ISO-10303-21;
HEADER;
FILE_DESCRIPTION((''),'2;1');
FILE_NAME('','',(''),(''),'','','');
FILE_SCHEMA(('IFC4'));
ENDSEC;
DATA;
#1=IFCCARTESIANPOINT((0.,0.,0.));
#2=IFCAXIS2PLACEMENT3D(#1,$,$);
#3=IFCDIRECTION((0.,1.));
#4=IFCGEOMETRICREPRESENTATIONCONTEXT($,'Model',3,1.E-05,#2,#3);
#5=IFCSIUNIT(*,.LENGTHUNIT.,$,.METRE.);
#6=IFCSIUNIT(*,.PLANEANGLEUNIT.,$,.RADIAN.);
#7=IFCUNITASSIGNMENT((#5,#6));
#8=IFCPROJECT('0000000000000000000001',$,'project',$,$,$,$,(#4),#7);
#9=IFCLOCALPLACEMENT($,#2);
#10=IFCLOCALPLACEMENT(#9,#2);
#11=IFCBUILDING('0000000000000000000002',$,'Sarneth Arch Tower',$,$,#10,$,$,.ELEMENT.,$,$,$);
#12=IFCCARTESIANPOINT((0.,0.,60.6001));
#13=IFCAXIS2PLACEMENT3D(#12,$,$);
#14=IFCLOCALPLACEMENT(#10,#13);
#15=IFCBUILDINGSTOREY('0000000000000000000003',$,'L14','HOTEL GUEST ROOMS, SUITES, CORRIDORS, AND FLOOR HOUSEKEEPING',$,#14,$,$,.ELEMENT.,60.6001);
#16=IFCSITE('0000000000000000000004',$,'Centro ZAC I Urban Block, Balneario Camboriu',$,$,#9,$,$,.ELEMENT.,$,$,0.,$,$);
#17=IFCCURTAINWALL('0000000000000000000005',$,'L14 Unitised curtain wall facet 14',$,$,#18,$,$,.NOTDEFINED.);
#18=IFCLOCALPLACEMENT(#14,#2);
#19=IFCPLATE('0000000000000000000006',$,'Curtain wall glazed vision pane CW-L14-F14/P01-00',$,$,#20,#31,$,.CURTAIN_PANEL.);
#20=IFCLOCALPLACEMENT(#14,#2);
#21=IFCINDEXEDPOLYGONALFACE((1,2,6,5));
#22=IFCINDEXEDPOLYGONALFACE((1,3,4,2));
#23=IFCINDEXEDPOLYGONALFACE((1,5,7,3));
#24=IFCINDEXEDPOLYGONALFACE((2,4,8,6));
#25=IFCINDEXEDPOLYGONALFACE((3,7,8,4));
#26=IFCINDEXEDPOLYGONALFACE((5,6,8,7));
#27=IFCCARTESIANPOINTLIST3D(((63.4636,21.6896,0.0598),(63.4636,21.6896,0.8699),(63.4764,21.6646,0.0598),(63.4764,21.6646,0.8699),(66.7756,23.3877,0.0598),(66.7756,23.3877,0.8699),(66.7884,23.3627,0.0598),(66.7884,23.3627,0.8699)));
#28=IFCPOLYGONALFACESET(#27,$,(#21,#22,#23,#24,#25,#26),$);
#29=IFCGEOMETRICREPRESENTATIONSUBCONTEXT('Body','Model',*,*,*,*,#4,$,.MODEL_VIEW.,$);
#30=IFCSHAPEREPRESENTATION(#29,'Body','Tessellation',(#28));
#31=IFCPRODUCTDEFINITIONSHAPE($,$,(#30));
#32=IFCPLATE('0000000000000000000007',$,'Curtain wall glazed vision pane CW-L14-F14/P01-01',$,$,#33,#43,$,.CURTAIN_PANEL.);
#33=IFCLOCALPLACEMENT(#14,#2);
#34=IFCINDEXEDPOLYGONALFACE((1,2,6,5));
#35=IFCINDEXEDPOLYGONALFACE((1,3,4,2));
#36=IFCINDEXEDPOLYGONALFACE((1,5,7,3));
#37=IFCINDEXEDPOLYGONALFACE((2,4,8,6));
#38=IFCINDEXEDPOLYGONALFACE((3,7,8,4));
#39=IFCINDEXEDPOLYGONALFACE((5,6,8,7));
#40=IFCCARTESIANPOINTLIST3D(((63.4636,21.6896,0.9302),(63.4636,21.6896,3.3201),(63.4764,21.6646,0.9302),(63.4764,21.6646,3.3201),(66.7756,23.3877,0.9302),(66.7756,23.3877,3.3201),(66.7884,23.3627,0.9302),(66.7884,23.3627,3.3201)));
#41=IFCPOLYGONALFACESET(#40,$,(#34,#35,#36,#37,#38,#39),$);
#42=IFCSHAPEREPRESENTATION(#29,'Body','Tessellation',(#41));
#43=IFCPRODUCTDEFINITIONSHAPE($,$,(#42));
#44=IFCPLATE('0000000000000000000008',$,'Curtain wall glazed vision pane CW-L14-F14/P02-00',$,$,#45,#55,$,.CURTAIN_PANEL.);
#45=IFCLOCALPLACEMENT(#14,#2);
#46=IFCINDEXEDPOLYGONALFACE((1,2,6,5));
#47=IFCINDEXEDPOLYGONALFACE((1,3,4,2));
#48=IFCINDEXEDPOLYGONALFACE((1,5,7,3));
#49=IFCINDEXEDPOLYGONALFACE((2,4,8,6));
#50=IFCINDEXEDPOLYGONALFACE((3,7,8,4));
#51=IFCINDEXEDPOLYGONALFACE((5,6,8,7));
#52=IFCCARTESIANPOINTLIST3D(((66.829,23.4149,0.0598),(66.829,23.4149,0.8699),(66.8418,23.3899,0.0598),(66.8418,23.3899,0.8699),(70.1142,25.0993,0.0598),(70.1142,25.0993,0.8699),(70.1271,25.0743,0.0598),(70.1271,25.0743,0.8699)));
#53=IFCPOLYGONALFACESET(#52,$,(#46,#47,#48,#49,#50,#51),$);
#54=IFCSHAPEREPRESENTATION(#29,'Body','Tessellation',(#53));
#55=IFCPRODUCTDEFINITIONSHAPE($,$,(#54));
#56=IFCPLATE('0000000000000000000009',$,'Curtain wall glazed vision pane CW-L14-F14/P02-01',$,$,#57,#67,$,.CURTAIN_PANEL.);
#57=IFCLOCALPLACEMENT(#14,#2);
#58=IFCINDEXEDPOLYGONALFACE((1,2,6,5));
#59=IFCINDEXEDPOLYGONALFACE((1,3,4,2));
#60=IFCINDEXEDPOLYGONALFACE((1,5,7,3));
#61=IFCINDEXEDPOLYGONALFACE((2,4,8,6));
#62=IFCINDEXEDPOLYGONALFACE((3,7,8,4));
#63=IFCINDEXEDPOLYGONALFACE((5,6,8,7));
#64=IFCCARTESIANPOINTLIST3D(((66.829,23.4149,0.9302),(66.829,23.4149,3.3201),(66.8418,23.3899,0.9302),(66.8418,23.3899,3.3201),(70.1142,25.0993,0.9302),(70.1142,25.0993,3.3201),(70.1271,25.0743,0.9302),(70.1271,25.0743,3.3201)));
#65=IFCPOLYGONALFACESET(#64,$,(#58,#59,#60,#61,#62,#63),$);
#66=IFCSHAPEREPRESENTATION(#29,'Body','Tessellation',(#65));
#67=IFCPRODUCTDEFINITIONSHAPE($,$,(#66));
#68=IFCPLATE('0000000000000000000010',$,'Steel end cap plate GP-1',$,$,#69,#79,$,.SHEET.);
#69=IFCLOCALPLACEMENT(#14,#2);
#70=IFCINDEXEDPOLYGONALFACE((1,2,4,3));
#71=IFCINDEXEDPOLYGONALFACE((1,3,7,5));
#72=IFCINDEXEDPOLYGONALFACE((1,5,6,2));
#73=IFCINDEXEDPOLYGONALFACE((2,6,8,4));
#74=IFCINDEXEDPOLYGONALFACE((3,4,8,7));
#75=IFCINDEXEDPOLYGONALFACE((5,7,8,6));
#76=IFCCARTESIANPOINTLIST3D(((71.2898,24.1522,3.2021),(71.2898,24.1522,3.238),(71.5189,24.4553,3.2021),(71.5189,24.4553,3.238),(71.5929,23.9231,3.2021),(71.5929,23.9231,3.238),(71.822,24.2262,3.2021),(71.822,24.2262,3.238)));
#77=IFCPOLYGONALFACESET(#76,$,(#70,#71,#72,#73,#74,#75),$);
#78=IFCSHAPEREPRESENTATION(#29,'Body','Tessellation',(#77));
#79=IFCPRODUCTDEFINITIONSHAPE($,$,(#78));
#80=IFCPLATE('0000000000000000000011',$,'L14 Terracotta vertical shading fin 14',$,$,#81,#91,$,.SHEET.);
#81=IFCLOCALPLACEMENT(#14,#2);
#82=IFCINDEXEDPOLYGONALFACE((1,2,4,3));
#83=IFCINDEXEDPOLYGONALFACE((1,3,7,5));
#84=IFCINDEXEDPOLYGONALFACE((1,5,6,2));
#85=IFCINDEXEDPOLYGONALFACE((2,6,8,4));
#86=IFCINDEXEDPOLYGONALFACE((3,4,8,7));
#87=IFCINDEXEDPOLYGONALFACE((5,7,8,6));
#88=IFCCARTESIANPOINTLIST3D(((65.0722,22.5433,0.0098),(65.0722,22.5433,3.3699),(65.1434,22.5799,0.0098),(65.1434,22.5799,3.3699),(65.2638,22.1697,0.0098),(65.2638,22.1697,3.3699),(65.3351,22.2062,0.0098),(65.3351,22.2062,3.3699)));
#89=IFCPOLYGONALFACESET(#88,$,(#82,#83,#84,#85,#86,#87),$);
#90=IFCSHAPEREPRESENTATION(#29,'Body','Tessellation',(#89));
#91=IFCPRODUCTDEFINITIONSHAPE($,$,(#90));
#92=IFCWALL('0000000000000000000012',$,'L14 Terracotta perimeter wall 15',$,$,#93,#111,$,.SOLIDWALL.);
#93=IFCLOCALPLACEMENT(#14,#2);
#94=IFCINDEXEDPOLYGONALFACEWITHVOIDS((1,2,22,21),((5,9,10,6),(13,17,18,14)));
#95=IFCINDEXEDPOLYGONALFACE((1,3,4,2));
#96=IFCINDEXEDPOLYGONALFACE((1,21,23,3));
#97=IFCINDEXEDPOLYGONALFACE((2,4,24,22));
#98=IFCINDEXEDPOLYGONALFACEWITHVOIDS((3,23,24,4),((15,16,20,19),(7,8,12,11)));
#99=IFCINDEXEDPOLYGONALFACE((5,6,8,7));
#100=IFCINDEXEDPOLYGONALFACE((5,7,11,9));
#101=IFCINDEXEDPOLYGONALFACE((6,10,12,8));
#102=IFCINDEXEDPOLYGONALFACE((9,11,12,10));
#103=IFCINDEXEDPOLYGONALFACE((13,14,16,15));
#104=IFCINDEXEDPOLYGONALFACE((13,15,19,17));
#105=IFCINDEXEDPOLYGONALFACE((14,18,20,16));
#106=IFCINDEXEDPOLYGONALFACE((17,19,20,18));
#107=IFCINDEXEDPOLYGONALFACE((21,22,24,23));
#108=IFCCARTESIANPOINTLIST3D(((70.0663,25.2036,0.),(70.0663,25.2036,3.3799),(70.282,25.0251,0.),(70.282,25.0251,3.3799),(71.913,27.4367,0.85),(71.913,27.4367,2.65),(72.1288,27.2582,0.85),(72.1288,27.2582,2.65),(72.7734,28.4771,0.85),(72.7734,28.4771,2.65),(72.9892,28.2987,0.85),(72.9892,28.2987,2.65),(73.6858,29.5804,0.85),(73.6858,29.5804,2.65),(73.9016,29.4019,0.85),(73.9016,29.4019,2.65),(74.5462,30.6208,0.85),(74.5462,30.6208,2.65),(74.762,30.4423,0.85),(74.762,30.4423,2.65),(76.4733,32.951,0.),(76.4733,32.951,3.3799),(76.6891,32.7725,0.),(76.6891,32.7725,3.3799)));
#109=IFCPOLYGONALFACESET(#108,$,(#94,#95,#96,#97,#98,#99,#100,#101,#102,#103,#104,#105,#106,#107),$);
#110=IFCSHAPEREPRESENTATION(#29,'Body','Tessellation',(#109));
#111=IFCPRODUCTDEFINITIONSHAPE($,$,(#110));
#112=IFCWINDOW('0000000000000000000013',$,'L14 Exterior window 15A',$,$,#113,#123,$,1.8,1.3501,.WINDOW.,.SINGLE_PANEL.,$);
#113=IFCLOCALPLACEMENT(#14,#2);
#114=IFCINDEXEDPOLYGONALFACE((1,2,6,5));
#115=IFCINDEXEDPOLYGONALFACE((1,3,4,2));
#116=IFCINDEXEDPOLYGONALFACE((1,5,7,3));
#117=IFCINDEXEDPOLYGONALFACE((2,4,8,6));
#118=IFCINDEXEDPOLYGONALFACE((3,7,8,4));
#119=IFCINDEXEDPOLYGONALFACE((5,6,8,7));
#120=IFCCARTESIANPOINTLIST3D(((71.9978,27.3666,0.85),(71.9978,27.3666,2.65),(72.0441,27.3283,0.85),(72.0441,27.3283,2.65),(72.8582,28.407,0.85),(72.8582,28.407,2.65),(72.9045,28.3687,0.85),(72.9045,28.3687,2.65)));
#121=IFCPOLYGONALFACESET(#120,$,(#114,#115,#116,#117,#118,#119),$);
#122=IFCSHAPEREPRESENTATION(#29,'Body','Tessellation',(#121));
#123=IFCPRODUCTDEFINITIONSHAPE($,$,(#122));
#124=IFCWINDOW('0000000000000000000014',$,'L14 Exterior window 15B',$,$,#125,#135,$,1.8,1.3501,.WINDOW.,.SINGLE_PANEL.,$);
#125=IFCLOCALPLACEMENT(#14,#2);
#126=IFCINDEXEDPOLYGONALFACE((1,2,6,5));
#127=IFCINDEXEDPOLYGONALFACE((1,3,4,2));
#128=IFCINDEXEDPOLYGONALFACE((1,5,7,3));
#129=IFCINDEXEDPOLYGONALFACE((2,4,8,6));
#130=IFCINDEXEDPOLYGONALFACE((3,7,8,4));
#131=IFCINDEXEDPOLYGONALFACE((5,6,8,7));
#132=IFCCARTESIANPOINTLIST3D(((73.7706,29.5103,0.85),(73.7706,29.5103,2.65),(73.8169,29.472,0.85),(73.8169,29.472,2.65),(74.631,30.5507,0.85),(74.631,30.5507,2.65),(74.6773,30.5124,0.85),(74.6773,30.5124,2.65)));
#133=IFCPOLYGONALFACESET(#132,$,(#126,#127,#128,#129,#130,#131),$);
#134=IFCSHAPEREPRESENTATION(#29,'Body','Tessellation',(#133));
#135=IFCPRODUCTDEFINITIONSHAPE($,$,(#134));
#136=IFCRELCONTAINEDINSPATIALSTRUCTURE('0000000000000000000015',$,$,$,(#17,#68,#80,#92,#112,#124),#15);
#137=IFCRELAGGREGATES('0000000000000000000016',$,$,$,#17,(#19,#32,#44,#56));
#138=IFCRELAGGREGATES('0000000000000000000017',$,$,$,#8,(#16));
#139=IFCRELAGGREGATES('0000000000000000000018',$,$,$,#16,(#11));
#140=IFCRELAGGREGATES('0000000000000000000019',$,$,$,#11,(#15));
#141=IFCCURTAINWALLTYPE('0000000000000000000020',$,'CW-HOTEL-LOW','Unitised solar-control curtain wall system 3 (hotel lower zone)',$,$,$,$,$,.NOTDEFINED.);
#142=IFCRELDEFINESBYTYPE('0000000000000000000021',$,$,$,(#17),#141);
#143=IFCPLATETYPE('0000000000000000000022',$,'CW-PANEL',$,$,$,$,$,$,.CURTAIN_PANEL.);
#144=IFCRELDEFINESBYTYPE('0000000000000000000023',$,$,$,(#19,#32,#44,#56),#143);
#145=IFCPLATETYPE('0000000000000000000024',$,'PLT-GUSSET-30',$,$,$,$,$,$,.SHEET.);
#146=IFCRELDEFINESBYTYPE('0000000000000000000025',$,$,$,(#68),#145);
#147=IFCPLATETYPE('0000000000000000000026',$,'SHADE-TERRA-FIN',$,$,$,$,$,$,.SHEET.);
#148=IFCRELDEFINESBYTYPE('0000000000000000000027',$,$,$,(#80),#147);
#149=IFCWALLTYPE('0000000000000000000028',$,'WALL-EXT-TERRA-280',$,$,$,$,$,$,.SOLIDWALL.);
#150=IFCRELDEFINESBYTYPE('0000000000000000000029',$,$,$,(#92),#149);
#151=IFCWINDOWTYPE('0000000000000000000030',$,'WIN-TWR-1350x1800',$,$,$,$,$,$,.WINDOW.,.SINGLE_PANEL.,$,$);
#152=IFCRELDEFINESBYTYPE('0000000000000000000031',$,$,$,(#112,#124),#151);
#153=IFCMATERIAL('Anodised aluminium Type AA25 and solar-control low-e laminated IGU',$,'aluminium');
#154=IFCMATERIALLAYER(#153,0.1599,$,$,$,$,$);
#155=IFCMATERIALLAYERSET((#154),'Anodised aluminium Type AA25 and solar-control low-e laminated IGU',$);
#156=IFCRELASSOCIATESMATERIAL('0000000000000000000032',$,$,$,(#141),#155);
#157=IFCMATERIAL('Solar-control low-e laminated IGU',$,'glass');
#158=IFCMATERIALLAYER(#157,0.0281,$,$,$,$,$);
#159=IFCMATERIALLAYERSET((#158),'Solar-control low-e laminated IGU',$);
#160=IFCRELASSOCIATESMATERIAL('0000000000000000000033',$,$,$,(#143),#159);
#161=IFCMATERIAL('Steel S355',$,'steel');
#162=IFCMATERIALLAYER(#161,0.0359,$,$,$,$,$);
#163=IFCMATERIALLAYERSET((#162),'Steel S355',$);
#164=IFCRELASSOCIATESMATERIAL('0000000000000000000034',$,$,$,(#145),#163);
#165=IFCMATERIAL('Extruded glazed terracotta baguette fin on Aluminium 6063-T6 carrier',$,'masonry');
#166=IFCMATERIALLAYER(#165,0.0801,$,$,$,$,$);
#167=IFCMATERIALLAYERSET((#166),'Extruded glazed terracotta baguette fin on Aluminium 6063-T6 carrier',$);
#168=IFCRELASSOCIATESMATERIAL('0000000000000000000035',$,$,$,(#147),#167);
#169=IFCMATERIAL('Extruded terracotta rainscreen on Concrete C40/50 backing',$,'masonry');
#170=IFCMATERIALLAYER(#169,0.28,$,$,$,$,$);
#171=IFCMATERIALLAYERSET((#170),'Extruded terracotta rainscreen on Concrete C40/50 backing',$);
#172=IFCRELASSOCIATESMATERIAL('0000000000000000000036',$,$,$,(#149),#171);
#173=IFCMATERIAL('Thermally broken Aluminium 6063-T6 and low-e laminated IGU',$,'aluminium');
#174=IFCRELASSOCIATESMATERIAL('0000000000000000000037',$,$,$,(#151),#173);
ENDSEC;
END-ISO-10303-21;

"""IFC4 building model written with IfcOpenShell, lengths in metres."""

from ifc_helpers import new_model, si_unit, direction, frame, frame_2d, origin, origin_2d, place, context, subcontext, project, spatial, rectangle, extrude, material, layer, layer_set, type_object, element, fill, aggregate, save


model = new_model("IFC4")

# Units and contexts
model_context = context("Model", 3, precision=1e-05, world=origin(), true_north=direction((0.0, 1.0)))
body_context = subcontext(model_context, "Body", "Model", "MODEL_VIEW")
ifc_project = project(units=[si_unit("LENGTHUNIT", "METRE"), si_unit("PLANEANGLEUNIT", "RADIAN")], contexts=[model_context])

# Site, building, storey
site_placement = place(None, origin())
site = spatial("IfcSite", under=ifc_project, at=site_placement, Name="Centro ZAC I Urban Block, Balneario Camboriu", CompositionType="ELEMENT", RefElevation=0.0)
building_placement = place(site_placement, origin())
building = spatial("IfcBuilding", under=site, at=building_placement, Name="Sarneth Arch Tower", CompositionType="ELEMENT")
storey_placement = place(building_placement, frame((0.0, 0.0, 60.6001)))
storey = spatial("IfcBuildingStorey", under=building, at=storey_placement, Name="L14", Description="HOTEL GUEST ROOMS, SUITES, CORRIDORS, AND FLOOR HOUSEKEEPING", CompositionType="ELEMENT", Elevation=60.6001)

# Curtain wall, plates
ifc_material_1 = material(Name="Anodised aluminium Type AA25 and solar-control low-e laminated IGU", Category="aluminium")
ifc_layer_1 = layer(ifc_material_1, 0.1599)
ifc_layer_set_1 = layer_set([ifc_layer_1], Name="Anodised aluminium Type AA25 and solar-control low-e laminated IGU")
curtain_wall_type = type_object("IfcCurtainWallType", Name="CW-HOTEL-LOW", Description="Unitised solar-control curtain wall system 3 (hotel lower zone)", PredefinedType="NOTDEFINED", material=ifc_layer_set_1)
curtain_wall_placement = place(storey_placement, origin())
curtain_wall = element("IfcCurtainWall", 1, at=curtain_wall_placement, inside=storey, type_object=curtain_wall_type, Name="L14 Unitised curtain wall facet 14", PredefinedType="NOTDEFINED")
ifc_material_2 = material(Name="Solar-control low-e laminated IGU", Category="glass")
ifc_layer_2 = layer(ifc_material_2, 0.0281)
ifc_layer_set_2 = layer_set([ifc_layer_2], Name="Solar-control low-e laminated IGU")
plate_type_1 = type_object("IfcPlateType", Name="CW-PANEL", PredefinedType="CURTAIN_PANEL", material=ifc_layer_set_2)
plate_1_placement = place(storey_placement, frame((65.126, 22.5261, 0.0598), z_axis=(0.0, 0.0, 1.0), x_axis=(0.889854, 0.456245, 0.0)))
plate_1 = element("IfcPlate", 2, at=plate_1_placement, type_object=plate_type_1, Name="Curtain wall glazed vision pane CW-L14-F14/P01-00", PredefinedType="CURTAIN_PANEL", context=body_context, shape_type="SweptSolid", body=[
    extrude(rectangle(XDim=3.7219, YDim=0.0281, at=origin_2d()), origin(), (0.0, 0.0, 1.0), 0.8101),
])
plate_2_placement = place(storey_placement, frame((65.126, 22.5261, 0.9302), z_axis=(0.0, 0.0, 1.0), x_axis=(0.889854, 0.456245, 0.0)))
plate_2 = element("IfcPlate", 3, at=plate_2_placement, type_object=plate_type_1, Name="Curtain wall glazed vision pane CW-L14-F14/P01-01", PredefinedType="CURTAIN_PANEL", context=body_context, shape_type="SweptSolid", body=[
    extrude(rectangle(XDim=3.7219, YDim=0.0281, at=origin_2d()), origin(), (0.0, 0.0, 1.0), 2.3899),
])
plate_3_placement = place(storey_placement, frame((68.478, 24.2446, 0.0598), z_axis=(0.0, 0.0, 1.0), x_axis=(0.889854, 0.456245, 0.0)))
plate_3 = element("IfcPlate", 4, at=plate_3_placement, type_object=plate_type_1, Name="Curtain wall glazed vision pane CW-L14-F14/P02-00", PredefinedType="CURTAIN_PANEL", context=body_context, shape_type="SweptSolid", body=[
    extrude(rectangle(XDim=3.6919, YDim=0.0281, at=origin_2d()), origin(), (0.0, 0.0, 1.0), 0.8101),
])
plate_4_placement = place(storey_placement, frame((68.478, 24.2446, 0.9302), z_axis=(0.0, 0.0, 1.0), x_axis=(0.889854, 0.456245, 0.0)))
plate_4 = element("IfcPlate", 5, at=plate_4_placement, type_object=plate_type_1, Name="Curtain wall glazed vision pane CW-L14-F14/P02-01", PredefinedType="CURTAIN_PANEL", context=body_context, shape_type="SweptSolid", body=[
    extrude(rectangle(XDim=3.6919, YDim=0.0281, at=origin_2d()), origin(), (0.0, 0.0, 1.0), 2.3899),
])
aggregate(curtain_wall, [plate_1, plate_2, plate_3, plate_4])

# Plates
ifc_material_3 = material(Name="Steel S355", Category="steel")
ifc_layer_3 = layer(ifc_material_3, 0.0359)
ifc_layer_set_3 = layer_set([ifc_layer_3], Name="Steel S355")
plate_type_2 = type_object("IfcPlateType", Name="PLT-GUSSET-30", PredefinedType="SHEET", material=ifc_layer_set_3)
plate_5_placement = place(storey_placement, frame((71.5559, 24.1892, 3.2021), z_axis=(0.0, 0.0, 1.0), x_axis=(0.797689, -0.603069, 0.0)))
element("IfcPlate", 6, at=plate_5_placement, inside=storey, type_object=plate_type_2, Name="Steel end cap plate GP-1", PredefinedType="SHEET", context=body_context, shape_type="SweptSolid", body=[
    extrude(rectangle(XDim=0.3799, YDim=0.3799, at=origin_2d()), origin(), (0.0, 0.0, 1.0), 0.0359),
])
ifc_material_4 = material(Name="Extruded glazed terracotta baguette fin on Aluminium 6063-T6 carrier", Category="masonry")
ifc_layer_4 = layer(ifc_material_4, 0.0801)
ifc_layer_set_4 = layer_set([ifc_layer_4], Name="Extruded glazed terracotta baguette fin on Aluminium 6063-T6 carrier")
plate_type_3 = type_object("IfcPlateType", Name="SHADE-TERRA-FIN", PredefinedType="SHEET", material=ifc_layer_set_4)
plate_6_placement = place(storey_placement, frame((65.2036, 22.3748, 0.0098), z_axis=(0.0, 0.0, 1.0), x_axis=(0.456322, -0.889815, 0.0)))
element("IfcPlate", 7, at=plate_6_placement, inside=storey, type_object=plate_type_3, Name="L14 Terracotta vertical shading fin 14", PredefinedType="SHEET", context=body_context, shape_type="SweptSolid", body=[
    extrude(rectangle(XDim=0.4199, YDim=0.0801, at=origin_2d()), origin(), (0.0, 0.0, 1.0), 3.3601),
])

# Wall, openings, windows
ifc_material_5 = material(Name="Extruded terracotta rainscreen on Concrete C40/50 backing", Category="masonry")
ifc_layer_5 = layer(ifc_material_5, 0.28)
ifc_layer_set_5 = layer_set([ifc_layer_5], Name="Extruded terracotta rainscreen on Concrete C40/50 backing")
wall_type = type_object("IfcWallType", Name="WALL-EXT-TERRA-280", PredefinedType="SOLIDWALL", material=ifc_layer_set_5)
wall_placement = place(storey_placement, frame((70.1741, 25.1143, 0.0), z_axis=(0.0, 0.0, 1.0), x_axis=(0.637297, 0.770618, 0.0)))
wall = element("IfcWall", 8, at=wall_placement, inside=storey, type_object=wall_type, Name="L14 Terracotta perimeter wall 15", PredefinedType="SOLIDWALL", context=body_context, shape_type="SweptSolid", body=[
    extrude(rectangle(XDim=10.0535, YDim=0.28, at=frame_2d((5.0269, 0.0))), origin(), (0.0, 0.0, 1.0), 3.3799),
])
opening_1_placement = place(wall_placement, frame((2.8979, 0.0, 0.8501)))
opening_1 = element("IfcOpeningElement", 9, at=opening_1_placement, cuts=wall, PredefinedType="OPENING", context=body_context, shape_type="SweptSolid", body=[
    extrude(rectangle(XDim=1.3501, YDim=1.8, at=frame_2d((0.675, 0.8999))), frame((0.0, 0.1499, 0.0), z_axis=(0.0, -1.0, 0.0), x_axis=(1.0, 0.0, 0.0)), (0.0, 0.0, 1.0), 0.3),
])
opening_2_placement = place(wall_placement, frame((5.6797, 0.0, 0.8501)))
opening_2 = element("IfcOpeningElement", 10, at=opening_2_placement, cuts=wall, PredefinedType="OPENING", context=body_context, shape_type="SweptSolid", body=[
    extrude(rectangle(XDim=1.3501, YDim=1.8, at=frame_2d((0.675, 0.8999))), frame((0.0, 0.1499, 0.0), z_axis=(0.0, -1.0, 0.0), x_axis=(1.0, 0.0, 0.0)), (0.0, 0.0, 1.0), 0.3),
])
ifc_material_6 = material(Name="Thermally broken Aluminium 6063-T6 and low-e laminated IGU", Category="aluminium")
window_type = type_object("IfcWindowType", Name="WIN-TWR-1350x1800", PartitioningType="SINGLE_PANEL", PredefinedType="WINDOW", material=ifc_material_6)
window_1_placement = place(opening_1_placement, origin())
window_1 = element("IfcWindow", 11, at=window_1_placement, inside=storey, type_object=window_type, Name="L14 Exterior window 15A", OverallHeight=1.8, OverallWidth=1.3501, PartitioningType="SINGLE_PANEL", PredefinedType="WINDOW", context=body_context, shape_type="SweptSolid", body=[
    extrude(rectangle(XDim=1.3501, YDim=1.8, at=frame_2d((0.675, 0.8999))), frame((0.0, 0.03, 0.0), z_axis=(0.0, -1.0, 0.0), x_axis=(1.0, 0.0, 0.0)), (0.0, 0.0, 1.0), 0.0601),
])
fill(opening_1, window_1)
window_2_placement = place(opening_2_placement, origin())
window_2 = element("IfcWindow", 12, at=window_2_placement, inside=storey, type_object=window_type, Name="L14 Exterior window 15B", OverallHeight=1.8, OverallWidth=1.3501, PartitioningType="SINGLE_PANEL", PredefinedType="WINDOW", context=body_context, shape_type="SweptSolid", body=[
    extrude(rectangle(XDim=1.3501, YDim=1.8, at=frame_2d((0.675, 0.8999))), frame((0.0, 0.03, 0.0), z_axis=(0.0, -1.0, 0.0), x_axis=(1.0, 0.0, 0.0)), (0.0, 0.0, 1.0), 0.0601),
])
fill(opening_2, window_2)

save(model, "model.ifc")
